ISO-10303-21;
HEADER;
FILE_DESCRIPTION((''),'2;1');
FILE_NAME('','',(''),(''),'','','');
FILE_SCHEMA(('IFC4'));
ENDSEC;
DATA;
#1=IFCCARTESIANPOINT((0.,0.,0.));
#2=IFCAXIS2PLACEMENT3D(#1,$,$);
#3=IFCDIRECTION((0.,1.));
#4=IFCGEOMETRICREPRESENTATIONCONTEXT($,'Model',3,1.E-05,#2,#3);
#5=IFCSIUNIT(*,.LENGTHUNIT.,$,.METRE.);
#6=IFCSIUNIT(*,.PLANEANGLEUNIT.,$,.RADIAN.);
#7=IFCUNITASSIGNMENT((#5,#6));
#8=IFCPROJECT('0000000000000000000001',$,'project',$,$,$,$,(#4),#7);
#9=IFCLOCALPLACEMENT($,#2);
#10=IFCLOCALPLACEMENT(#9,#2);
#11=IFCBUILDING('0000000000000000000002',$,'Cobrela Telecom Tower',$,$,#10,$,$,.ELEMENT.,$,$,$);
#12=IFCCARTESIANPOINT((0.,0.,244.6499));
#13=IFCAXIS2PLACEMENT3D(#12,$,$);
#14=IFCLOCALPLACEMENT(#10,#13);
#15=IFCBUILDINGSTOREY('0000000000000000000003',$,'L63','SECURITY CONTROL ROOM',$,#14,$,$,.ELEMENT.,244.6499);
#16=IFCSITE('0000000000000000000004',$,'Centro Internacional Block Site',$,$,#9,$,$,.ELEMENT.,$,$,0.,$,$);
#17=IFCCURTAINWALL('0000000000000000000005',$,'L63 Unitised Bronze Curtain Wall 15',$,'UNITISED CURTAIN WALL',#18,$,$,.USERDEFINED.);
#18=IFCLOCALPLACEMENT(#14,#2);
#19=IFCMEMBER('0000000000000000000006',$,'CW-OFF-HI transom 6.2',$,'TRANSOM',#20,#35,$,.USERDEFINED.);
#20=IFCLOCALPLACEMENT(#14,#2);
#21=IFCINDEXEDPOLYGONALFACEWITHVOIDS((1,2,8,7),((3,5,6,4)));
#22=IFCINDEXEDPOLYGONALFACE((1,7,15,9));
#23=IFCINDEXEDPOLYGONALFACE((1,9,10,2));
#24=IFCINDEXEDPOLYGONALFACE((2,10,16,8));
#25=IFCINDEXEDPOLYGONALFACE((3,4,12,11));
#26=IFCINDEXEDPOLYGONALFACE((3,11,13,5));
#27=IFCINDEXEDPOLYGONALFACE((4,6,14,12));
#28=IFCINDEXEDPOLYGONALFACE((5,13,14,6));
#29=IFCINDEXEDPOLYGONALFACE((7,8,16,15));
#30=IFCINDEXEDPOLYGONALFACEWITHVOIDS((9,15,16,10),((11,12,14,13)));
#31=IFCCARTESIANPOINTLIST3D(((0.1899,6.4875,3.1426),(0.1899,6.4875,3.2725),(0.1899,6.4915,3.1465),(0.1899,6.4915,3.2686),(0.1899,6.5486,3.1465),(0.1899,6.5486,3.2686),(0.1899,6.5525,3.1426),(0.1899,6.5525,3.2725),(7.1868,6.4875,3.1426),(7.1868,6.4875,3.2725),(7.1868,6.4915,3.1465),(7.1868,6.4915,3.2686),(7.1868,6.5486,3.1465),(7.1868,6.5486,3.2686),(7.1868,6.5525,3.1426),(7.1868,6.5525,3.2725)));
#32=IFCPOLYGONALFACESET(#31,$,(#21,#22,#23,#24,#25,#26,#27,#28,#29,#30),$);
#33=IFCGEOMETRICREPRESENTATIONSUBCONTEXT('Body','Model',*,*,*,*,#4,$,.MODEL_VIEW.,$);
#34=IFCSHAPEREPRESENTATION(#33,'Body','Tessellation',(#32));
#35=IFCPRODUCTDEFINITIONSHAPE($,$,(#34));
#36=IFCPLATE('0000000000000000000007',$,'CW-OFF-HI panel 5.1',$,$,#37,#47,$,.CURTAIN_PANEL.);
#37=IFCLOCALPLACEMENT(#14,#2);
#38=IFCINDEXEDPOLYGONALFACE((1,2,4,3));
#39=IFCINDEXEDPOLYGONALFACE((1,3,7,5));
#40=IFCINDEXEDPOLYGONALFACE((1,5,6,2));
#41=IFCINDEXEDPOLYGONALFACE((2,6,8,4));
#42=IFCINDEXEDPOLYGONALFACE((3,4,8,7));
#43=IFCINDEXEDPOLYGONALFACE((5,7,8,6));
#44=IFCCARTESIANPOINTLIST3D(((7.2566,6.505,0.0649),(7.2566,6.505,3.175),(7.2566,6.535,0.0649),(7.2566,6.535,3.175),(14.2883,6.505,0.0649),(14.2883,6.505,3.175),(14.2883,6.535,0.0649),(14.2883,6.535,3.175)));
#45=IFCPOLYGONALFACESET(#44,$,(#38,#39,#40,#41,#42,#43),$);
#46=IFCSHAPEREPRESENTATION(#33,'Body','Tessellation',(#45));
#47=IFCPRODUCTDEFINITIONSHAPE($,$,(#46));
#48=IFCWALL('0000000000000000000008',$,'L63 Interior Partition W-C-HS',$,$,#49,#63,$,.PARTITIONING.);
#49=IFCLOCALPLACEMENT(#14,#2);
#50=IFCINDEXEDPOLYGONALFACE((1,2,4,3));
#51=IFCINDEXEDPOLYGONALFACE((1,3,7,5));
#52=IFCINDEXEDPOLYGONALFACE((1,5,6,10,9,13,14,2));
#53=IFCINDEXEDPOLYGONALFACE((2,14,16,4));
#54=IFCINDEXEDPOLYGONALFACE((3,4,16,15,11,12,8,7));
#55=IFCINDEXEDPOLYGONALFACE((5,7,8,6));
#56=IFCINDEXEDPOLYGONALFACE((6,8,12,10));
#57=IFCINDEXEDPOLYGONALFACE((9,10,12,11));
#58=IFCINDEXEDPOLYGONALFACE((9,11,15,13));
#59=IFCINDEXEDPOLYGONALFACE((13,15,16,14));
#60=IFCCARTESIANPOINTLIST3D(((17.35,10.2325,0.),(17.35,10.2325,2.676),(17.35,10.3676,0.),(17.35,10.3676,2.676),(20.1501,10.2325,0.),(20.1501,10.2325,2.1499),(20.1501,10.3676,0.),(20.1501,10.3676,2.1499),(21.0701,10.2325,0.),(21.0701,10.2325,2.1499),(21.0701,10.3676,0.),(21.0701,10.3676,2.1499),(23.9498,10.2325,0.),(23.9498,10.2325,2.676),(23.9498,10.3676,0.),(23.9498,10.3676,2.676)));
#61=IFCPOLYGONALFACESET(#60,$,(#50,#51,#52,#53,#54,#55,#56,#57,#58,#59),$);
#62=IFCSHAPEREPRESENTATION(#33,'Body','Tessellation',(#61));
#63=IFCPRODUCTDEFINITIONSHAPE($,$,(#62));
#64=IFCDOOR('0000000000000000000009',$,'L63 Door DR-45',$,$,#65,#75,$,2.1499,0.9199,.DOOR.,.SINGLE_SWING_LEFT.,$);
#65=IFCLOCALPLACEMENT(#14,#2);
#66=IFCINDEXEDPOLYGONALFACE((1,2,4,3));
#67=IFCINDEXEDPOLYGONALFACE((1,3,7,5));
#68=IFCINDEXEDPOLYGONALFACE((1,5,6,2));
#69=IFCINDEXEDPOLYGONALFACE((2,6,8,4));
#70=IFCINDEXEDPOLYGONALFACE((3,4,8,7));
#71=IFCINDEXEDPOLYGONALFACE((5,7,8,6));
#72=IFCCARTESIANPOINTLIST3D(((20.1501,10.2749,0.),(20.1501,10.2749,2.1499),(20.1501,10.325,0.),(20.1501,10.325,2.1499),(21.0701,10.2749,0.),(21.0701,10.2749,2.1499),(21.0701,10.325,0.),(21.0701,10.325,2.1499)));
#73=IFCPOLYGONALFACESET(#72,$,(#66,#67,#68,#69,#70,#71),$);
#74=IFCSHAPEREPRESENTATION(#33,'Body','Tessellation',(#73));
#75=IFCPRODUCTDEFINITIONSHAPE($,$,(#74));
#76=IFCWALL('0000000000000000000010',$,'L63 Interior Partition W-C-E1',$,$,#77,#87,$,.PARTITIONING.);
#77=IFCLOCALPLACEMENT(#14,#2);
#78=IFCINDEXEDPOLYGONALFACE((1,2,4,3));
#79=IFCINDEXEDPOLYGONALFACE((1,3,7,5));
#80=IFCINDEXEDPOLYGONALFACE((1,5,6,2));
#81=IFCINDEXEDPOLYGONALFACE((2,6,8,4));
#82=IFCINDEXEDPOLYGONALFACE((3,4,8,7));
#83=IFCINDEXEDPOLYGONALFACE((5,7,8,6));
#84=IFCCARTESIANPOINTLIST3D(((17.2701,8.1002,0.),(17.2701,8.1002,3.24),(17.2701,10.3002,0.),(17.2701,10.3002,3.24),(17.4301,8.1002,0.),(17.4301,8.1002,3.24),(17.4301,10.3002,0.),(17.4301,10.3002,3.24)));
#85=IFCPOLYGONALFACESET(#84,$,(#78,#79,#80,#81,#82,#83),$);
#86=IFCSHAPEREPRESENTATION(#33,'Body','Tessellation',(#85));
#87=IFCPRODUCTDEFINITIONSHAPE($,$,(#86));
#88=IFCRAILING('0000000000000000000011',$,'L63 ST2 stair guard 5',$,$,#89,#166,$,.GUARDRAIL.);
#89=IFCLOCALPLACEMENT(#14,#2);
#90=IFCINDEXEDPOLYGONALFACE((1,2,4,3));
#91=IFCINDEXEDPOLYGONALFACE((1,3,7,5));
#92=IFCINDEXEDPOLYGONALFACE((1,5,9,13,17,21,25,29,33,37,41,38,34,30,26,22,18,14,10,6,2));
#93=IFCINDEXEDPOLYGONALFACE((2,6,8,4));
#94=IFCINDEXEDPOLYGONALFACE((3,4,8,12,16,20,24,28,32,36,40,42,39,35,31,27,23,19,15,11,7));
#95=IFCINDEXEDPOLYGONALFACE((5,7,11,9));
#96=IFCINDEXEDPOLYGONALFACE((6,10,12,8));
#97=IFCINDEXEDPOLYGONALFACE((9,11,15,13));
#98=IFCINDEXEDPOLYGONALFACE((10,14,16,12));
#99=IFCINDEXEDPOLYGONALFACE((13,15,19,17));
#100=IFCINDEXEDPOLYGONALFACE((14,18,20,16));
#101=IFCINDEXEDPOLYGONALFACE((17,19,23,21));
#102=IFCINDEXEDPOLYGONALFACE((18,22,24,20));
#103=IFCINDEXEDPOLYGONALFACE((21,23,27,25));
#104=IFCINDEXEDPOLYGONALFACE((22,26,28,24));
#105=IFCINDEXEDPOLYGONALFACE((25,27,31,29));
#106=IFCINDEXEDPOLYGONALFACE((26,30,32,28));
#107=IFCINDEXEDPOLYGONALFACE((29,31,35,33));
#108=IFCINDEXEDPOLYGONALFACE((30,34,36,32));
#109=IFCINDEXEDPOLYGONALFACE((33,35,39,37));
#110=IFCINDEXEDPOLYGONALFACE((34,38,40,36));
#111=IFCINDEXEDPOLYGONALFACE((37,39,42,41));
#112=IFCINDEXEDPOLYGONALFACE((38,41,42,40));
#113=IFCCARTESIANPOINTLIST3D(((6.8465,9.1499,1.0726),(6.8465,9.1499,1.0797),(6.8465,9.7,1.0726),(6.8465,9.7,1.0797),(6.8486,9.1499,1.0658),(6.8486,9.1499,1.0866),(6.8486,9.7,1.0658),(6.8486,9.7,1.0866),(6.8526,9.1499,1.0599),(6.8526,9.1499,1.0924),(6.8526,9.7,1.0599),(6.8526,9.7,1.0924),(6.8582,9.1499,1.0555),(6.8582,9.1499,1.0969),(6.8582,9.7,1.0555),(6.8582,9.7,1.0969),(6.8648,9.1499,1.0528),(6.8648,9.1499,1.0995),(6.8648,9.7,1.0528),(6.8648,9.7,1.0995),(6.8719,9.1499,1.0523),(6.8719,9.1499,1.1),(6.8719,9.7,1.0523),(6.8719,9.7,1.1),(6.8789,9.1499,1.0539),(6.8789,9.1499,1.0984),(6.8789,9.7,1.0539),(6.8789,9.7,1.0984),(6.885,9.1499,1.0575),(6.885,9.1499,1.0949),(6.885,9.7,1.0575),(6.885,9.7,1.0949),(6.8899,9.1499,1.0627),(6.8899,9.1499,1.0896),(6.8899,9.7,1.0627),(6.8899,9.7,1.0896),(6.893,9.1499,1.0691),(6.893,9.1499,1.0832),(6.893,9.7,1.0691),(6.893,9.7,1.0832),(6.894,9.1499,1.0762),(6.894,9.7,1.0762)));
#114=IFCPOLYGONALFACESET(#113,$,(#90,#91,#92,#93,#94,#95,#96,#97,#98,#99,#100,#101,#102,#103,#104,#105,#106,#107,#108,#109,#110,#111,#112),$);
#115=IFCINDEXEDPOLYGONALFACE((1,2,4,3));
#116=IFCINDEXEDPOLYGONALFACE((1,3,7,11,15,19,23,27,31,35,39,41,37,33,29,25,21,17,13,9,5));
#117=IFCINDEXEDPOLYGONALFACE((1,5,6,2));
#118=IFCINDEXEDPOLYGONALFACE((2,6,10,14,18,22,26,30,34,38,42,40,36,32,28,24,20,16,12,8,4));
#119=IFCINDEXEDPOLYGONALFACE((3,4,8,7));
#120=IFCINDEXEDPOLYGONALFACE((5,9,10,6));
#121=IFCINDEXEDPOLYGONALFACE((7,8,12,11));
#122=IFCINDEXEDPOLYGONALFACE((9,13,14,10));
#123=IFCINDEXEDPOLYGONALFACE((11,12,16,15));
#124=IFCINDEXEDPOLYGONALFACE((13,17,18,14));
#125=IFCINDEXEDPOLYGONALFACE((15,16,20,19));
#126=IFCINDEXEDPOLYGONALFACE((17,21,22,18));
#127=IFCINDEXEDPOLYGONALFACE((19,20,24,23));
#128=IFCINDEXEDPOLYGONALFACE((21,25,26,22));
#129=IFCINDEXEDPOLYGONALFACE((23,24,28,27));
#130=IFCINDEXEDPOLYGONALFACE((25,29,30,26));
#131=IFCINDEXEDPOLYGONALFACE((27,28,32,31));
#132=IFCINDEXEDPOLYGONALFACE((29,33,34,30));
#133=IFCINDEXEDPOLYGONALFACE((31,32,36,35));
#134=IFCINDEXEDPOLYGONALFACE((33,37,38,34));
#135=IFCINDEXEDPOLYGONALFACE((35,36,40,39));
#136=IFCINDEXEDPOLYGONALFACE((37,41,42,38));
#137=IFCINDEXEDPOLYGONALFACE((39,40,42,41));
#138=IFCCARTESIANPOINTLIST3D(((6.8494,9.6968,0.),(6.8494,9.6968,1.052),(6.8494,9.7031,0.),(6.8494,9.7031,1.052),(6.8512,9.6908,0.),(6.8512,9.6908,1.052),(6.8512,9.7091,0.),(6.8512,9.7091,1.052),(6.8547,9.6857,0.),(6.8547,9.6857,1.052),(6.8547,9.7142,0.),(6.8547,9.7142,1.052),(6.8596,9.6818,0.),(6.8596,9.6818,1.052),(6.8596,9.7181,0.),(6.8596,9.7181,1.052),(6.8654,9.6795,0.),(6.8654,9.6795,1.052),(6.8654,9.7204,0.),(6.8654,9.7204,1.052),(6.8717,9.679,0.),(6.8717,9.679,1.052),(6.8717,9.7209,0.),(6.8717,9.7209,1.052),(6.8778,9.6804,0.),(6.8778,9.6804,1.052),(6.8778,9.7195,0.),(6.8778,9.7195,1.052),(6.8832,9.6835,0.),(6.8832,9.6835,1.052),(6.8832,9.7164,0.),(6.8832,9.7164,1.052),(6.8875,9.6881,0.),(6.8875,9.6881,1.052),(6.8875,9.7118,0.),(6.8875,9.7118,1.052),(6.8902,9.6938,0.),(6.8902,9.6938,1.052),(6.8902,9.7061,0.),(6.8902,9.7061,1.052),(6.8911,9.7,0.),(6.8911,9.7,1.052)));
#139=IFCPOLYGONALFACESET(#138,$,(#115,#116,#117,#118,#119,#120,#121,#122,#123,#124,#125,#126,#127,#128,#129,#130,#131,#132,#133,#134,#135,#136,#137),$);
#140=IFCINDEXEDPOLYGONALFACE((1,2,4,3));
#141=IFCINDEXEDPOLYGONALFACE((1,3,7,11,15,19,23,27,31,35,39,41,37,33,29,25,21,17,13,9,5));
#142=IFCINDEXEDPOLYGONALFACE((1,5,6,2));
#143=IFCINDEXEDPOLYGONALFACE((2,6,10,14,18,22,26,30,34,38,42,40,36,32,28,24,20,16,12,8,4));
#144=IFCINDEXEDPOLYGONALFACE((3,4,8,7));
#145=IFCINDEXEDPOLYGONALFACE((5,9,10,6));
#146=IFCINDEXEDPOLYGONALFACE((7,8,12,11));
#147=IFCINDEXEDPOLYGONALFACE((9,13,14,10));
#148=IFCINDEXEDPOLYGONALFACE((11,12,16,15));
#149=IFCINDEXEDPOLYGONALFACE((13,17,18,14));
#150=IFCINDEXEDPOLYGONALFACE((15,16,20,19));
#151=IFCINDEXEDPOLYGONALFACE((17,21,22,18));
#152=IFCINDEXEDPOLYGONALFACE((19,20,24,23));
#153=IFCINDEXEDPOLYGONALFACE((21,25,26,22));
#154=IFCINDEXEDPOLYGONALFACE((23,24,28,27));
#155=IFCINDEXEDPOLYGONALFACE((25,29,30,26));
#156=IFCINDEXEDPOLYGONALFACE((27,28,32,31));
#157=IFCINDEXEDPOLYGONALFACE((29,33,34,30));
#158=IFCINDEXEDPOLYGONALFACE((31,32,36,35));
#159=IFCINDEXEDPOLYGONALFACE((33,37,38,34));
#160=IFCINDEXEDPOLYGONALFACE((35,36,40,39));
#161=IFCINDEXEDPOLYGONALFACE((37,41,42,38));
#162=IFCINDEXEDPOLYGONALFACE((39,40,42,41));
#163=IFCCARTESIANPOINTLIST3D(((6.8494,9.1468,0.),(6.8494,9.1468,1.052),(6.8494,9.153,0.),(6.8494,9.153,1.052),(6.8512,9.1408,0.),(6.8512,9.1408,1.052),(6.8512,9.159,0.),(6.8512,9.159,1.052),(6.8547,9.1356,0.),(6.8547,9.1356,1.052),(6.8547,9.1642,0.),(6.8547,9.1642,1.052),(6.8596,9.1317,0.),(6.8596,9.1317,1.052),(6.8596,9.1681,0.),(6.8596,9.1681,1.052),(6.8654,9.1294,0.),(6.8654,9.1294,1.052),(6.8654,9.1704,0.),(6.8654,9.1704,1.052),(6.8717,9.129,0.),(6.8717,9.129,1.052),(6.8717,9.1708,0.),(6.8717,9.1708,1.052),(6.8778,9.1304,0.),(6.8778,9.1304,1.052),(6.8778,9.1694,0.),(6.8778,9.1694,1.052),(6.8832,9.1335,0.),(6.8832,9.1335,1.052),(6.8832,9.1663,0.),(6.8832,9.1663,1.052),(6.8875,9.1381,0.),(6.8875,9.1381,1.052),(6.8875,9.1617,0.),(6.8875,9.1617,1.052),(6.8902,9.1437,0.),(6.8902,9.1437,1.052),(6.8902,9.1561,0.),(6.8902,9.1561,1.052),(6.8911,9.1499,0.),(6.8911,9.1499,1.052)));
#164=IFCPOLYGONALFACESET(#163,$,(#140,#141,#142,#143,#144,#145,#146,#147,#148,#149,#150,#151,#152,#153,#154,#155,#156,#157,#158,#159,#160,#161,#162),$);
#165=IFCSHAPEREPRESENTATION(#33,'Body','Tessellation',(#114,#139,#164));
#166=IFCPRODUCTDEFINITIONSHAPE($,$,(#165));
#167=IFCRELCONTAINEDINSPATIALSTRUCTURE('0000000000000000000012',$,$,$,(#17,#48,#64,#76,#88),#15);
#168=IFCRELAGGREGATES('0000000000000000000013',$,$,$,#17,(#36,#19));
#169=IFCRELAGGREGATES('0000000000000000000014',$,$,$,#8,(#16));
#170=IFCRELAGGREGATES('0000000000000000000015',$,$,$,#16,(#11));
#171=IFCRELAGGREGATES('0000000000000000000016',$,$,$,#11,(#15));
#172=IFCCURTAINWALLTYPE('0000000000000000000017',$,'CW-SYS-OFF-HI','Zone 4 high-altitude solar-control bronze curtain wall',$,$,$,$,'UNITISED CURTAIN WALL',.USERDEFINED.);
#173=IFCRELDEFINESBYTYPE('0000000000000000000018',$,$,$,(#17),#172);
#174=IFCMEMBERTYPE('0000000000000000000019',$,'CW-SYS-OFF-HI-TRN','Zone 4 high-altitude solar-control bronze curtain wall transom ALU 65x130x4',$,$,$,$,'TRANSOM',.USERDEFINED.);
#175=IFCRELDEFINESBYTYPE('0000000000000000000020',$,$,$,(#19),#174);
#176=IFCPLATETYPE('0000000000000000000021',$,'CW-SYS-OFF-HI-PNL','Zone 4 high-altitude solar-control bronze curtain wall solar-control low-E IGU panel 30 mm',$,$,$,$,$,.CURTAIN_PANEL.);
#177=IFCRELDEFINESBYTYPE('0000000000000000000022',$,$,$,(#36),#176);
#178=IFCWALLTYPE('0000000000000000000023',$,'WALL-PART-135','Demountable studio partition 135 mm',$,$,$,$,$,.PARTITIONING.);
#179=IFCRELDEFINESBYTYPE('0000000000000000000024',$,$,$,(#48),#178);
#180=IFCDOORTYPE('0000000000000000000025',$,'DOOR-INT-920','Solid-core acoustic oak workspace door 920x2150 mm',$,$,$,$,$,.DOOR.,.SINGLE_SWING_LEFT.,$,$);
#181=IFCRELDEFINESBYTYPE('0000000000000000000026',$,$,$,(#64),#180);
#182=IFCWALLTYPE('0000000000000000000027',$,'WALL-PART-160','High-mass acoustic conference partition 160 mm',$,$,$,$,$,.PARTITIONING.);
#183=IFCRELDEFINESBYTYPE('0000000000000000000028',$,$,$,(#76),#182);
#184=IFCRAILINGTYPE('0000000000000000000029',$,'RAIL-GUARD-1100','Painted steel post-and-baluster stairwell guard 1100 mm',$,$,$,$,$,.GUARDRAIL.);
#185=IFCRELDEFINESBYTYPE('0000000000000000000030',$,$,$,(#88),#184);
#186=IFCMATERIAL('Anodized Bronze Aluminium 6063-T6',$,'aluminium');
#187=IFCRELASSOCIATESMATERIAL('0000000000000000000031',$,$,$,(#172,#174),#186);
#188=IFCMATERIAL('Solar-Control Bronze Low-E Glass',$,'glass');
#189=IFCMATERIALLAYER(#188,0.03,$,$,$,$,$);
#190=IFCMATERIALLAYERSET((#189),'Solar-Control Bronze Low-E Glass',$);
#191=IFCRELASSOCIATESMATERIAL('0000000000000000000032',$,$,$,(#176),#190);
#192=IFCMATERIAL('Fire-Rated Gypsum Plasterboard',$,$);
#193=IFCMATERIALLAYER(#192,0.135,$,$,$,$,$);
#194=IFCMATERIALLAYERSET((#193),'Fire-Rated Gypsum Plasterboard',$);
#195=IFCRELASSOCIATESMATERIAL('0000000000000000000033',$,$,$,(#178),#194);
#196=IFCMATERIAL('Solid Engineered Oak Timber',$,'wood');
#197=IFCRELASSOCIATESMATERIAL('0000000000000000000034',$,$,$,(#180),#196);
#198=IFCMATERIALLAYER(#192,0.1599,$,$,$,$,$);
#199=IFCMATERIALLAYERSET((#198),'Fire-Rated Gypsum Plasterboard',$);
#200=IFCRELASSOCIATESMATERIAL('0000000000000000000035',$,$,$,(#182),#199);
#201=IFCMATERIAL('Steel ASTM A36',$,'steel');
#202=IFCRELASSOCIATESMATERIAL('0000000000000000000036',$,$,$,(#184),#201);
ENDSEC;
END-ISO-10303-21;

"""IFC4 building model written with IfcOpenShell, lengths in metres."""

from ifc_helpers import new_model, si_unit, direction, frame, frame_2d, origin, origin_2d, place, context, subcontext, project, spatial, rectangle, hollow_rectangle, circle, extrude, material, layer, layer_set, material_profile, profile_set, type_object, element, fill, aggregate, save


model = new_model("IFC4")

# Units and contexts
model_context = context("Model", 3, precision=1e-05, world=origin(), true_north=direction((0.0, 1.0)))
body_context = subcontext(model_context, "Body", "Model", "MODEL_VIEW")
ifc_project = project(units=[si_unit("LENGTHUNIT", "METRE"), si_unit("PLANEANGLEUNIT", "RADIAN")], contexts=[model_context])

# Site, building, storey
site_placement = place(None, origin())
site = spatial("IfcSite", under=ifc_project, at=site_placement, Name="Centro Internacional Block Site", CompositionType="ELEMENT", RefElevation=0.0)
building_placement = place(site_placement, origin())
building = spatial("IfcBuilding", under=site, at=building_placement, Name="Cobrela Telecom Tower", CompositionType="ELEMENT")
storey_placement = place(building_placement, frame((0.0, 0.0, 244.6499)))
storey = spatial("IfcBuildingStorey", under=building, at=storey_placement, Name="L63", Description="SECURITY CONTROL ROOM", CompositionType="ELEMENT", Elevation=244.6499)

# Curtain wall, member, plate
ifc_material_1 = material(Name="Anodized Bronze Aluminium 6063-T6", Category="aluminium")
curtain_wall_type = type_object("IfcCurtainWallType", Name="CW-SYS-OFF-HI", Description="Zone 4 high-altitude solar-control bronze curtain wall", ElementType="UNITISED CURTAIN WALL", PredefinedType="USERDEFINED", material=ifc_material_1)
curtain_wall_placement = place(storey_placement, origin())
curtain_wall = element("IfcCurtainWall", 1, at=curtain_wall_placement, inside=storey, type_object=curtain_wall_type, Name="L63 Unitised Bronze Curtain Wall 15", ObjectType="UNITISED CURTAIN WALL", PredefinedType="USERDEFINED")
ifc_material_profile_1 = material_profile(ifc_material_1, hollow_rectangle(XDim=0.0649, YDim=0.1299, WallThickness=0.0039, at=origin_2d()), Name="ALU 65x130x4")
ifc_profile_set_1 = profile_set([ifc_material_profile_1], Name="Anodized Bronze Aluminium 6063-T6")
member_type_1 = type_object("IfcMemberType", Name="CW-SYS-OFF-HI-TRN", Description="Zone 4 high-altitude solar-control bronze curtain wall transom ALU 65x130x4", ElementType="TRANSOM", PredefinedType="USERDEFINED", material=ifc_profile_set_1)
member_1_placement = place(storey_placement, frame((7.1868, 6.52, 3.2075), z_axis=(-1.0, 0.0, 0.0), x_axis=(0.0, -1.0, 0.0)))
member_1 = element("IfcMember", 2, at=member_1_placement, type_object=member_type_1, Name="CW-OFF-HI transom 6.2", ObjectType="TRANSOM", PredefinedType="USERDEFINED", context=body_context, shape_type="SweptSolid", body=[
    extrude(hollow_rectangle(XDim=0.0649, YDim=0.1299, WallThickness=0.0039, at=origin_2d()), origin(), (0.0, 0.0, 1.0), 6.9968),
])
ifc_material_2 = material(Name="Solar-Control Bronze Low-E Glass", Category="glass")
ifc_layer_1 = layer(ifc_material_2, 0.03)
ifc_layer_set_1 = layer_set([ifc_layer_1], Name="Solar-Control Bronze Low-E Glass")
plate_type = type_object("IfcPlateType", Name="CW-SYS-OFF-HI-PNL", Description="Zone 4 high-altitude solar-control bronze curtain wall solar-control low-E IGU panel 30 mm", PredefinedType="CURTAIN_PANEL", material=ifc_layer_set_1)
plate_placement = place(storey_placement, frame((10.7725, 6.52, 0.0649), z_axis=(0.0, 0.0, 1.0), x_axis=(-1.0, 0.0, 0.0)))
plate = element("IfcPlate", 3, at=plate_placement, type_object=plate_type, Name="CW-OFF-HI panel 5.1", PredefinedType="CURTAIN_PANEL", context=body_context, shape_type="SweptSolid", body=[
    extrude(rectangle(XDim=7.0317, YDim=0.03, at=origin_2d()), origin(), (0.0, 0.0, 1.0), 3.1101),
])
aggregate(curtain_wall, [plate, member_1])

# Wall, opening, door
ifc_material_3 = material(Name="Fire-Rated Gypsum Plasterboard")
ifc_layer_2 = layer(ifc_material_3, 0.135)
ifc_layer_set_2 = layer_set([ifc_layer_2], Name="Fire-Rated Gypsum Plasterboard")
wall_type_1 = type_object("IfcWallType", Name="WALL-PART-135", Description="Demountable studio partition 135 mm", PredefinedType="PARTITIONING", material=ifc_layer_set_2)
ifc_material_4 = material(Name="Solid Engineered Oak Timber", Category="wood")
door_type_1 = type_object("IfcDoorType", Name="DOOR-INT-920", Description="Solid-core acoustic oak workspace door 920x2150 mm", OperationType="SINGLE_SWING_LEFT", PredefinedType="DOOR", material=ifc_material_4)
wall_1_placement = place(storey_placement, frame((17.3501, 10.3, 0.0), z_axis=(0.0, 0.0, 1.0), x_axis=(1.0, 0.0, 0.0)))
wall_1 = element("IfcWall", 4, at=wall_1_placement, inside=storey, type_object=wall_type_1, Name="L63 Interior Partition W-C-HS", PredefinedType="PARTITIONING", context=body_context, shape_type="SweptSolid", body=[
    extrude(rectangle(XDim=6.5999, YDim=0.135, at=frame_2d((3.2998, 0.0))), origin(), (0.0, 0.0, 1.0), 2.676),
])
opening_1_placement = place(wall_1_placement, frame((2.8, 0.0, 0.0)))
opening_1 = element("IfcOpeningElement", 5, at=opening_1_placement, cuts=wall_1, PredefinedType="OPENING", context=body_context, shape_type="SweptSolid", body=[
    extrude(rectangle(XDim=0.9199, YDim=2.1499, at=frame_2d((0.46, 1.075))), frame((0.0, 0.0796, 0.0), z_axis=(0.0, -1.0, 0.0), x_axis=(1.0, 0.0, 0.0)), (0.0, 0.0, 1.0), 0.1589),
])
door_1_placement = place(opening_1_placement, origin())
door_1 = element("IfcDoor", 6, at=door_1_placement, inside=storey, type_object=door_type_1, Name="L63 Door DR-45", OperationType="SINGLE_SWING_LEFT", OverallHeight=2.1499, OverallWidth=0.9199, PredefinedType="DOOR", context=body_context, shape_type="SweptSolid", body=[
    extrude(rectangle(XDim=0.9199, YDim=2.1499, at=frame_2d((0.46, 1.075))), frame((0.0, 0.0249, 0.0), z_axis=(0.0, -1.0, 0.0), x_axis=(1.0, 0.0, 0.0)), (0.0, 0.0, 1.0), 0.05),
])
fill(opening_1, door_1)

# Wall
ifc_layer_3 = layer(ifc_material_3, 0.1599)
ifc_layer_set_3 = layer_set([ifc_layer_3], Name="Fire-Rated Gypsum Plasterboard")
wall_type_2 = type_object("IfcWallType", Name="WALL-PART-160", Description="High-mass acoustic conference partition 160 mm", PredefinedType="PARTITIONING", material=ifc_layer_set_3)
wall_2_placement = place(storey_placement, frame((17.3501, 8.1001, 0.0), z_axis=(0.0, 0.0, 1.0), x_axis=(0.0, 1.0, 0.0)))
element("IfcWall", 7, at=wall_2_placement, inside=storey, type_object=wall_type_2, Name="L63 Interior Partition W-C-E1", PredefinedType="PARTITIONING", context=body_context, shape_type="SweptSolid", body=[
    extrude(rectangle(XDim=2.2, YDim=0.1599, at=frame_2d((1.1001, 0.0))), origin(), (0.0, 0.0, 1.0), 3.24),
])

# Shared definitions
ifc_material_5 = material(Name="Steel ASTM A36", Category="steel")

# Railing
railing_type = type_object("IfcRailingType", Name="RAIL-GUARD-1100", Description="Painted steel post-and-baluster stairwell guard 1100 mm", PredefinedType="GUARDRAIL", material=ifc_material_5)
railing_placement = place(storey_placement, frame((6.8701, 9.7, 0.0)))
element("IfcRailing", 8, at=railing_placement, inside=storey, type_object=railing_type, Name="L63 ST2 stair guard 5", PredefinedType="GUARDRAIL", context=body_context, shape_type="SweptSolid", body=[
    extrude(circle(Radius=0.0239, at=origin_2d()), frame((0.0, 0.0, 1.0762), z_axis=(0.0, -1.0, 0.0), x_axis=(1.0, 0.0, 0.0)), (0.0, 0.0, 1.0), 0.55),
    extrude(circle(Radius=0.021, at=origin_2d()), origin(), (0.0, 0.0, 1.0), 1.052),
    extrude(circle(Radius=0.021, at=origin_2d()), frame((0.0, -0.55, 0.0)), (0.0, 0.0, 1.0), 1.052),
])

save(model, "model.ifc")
